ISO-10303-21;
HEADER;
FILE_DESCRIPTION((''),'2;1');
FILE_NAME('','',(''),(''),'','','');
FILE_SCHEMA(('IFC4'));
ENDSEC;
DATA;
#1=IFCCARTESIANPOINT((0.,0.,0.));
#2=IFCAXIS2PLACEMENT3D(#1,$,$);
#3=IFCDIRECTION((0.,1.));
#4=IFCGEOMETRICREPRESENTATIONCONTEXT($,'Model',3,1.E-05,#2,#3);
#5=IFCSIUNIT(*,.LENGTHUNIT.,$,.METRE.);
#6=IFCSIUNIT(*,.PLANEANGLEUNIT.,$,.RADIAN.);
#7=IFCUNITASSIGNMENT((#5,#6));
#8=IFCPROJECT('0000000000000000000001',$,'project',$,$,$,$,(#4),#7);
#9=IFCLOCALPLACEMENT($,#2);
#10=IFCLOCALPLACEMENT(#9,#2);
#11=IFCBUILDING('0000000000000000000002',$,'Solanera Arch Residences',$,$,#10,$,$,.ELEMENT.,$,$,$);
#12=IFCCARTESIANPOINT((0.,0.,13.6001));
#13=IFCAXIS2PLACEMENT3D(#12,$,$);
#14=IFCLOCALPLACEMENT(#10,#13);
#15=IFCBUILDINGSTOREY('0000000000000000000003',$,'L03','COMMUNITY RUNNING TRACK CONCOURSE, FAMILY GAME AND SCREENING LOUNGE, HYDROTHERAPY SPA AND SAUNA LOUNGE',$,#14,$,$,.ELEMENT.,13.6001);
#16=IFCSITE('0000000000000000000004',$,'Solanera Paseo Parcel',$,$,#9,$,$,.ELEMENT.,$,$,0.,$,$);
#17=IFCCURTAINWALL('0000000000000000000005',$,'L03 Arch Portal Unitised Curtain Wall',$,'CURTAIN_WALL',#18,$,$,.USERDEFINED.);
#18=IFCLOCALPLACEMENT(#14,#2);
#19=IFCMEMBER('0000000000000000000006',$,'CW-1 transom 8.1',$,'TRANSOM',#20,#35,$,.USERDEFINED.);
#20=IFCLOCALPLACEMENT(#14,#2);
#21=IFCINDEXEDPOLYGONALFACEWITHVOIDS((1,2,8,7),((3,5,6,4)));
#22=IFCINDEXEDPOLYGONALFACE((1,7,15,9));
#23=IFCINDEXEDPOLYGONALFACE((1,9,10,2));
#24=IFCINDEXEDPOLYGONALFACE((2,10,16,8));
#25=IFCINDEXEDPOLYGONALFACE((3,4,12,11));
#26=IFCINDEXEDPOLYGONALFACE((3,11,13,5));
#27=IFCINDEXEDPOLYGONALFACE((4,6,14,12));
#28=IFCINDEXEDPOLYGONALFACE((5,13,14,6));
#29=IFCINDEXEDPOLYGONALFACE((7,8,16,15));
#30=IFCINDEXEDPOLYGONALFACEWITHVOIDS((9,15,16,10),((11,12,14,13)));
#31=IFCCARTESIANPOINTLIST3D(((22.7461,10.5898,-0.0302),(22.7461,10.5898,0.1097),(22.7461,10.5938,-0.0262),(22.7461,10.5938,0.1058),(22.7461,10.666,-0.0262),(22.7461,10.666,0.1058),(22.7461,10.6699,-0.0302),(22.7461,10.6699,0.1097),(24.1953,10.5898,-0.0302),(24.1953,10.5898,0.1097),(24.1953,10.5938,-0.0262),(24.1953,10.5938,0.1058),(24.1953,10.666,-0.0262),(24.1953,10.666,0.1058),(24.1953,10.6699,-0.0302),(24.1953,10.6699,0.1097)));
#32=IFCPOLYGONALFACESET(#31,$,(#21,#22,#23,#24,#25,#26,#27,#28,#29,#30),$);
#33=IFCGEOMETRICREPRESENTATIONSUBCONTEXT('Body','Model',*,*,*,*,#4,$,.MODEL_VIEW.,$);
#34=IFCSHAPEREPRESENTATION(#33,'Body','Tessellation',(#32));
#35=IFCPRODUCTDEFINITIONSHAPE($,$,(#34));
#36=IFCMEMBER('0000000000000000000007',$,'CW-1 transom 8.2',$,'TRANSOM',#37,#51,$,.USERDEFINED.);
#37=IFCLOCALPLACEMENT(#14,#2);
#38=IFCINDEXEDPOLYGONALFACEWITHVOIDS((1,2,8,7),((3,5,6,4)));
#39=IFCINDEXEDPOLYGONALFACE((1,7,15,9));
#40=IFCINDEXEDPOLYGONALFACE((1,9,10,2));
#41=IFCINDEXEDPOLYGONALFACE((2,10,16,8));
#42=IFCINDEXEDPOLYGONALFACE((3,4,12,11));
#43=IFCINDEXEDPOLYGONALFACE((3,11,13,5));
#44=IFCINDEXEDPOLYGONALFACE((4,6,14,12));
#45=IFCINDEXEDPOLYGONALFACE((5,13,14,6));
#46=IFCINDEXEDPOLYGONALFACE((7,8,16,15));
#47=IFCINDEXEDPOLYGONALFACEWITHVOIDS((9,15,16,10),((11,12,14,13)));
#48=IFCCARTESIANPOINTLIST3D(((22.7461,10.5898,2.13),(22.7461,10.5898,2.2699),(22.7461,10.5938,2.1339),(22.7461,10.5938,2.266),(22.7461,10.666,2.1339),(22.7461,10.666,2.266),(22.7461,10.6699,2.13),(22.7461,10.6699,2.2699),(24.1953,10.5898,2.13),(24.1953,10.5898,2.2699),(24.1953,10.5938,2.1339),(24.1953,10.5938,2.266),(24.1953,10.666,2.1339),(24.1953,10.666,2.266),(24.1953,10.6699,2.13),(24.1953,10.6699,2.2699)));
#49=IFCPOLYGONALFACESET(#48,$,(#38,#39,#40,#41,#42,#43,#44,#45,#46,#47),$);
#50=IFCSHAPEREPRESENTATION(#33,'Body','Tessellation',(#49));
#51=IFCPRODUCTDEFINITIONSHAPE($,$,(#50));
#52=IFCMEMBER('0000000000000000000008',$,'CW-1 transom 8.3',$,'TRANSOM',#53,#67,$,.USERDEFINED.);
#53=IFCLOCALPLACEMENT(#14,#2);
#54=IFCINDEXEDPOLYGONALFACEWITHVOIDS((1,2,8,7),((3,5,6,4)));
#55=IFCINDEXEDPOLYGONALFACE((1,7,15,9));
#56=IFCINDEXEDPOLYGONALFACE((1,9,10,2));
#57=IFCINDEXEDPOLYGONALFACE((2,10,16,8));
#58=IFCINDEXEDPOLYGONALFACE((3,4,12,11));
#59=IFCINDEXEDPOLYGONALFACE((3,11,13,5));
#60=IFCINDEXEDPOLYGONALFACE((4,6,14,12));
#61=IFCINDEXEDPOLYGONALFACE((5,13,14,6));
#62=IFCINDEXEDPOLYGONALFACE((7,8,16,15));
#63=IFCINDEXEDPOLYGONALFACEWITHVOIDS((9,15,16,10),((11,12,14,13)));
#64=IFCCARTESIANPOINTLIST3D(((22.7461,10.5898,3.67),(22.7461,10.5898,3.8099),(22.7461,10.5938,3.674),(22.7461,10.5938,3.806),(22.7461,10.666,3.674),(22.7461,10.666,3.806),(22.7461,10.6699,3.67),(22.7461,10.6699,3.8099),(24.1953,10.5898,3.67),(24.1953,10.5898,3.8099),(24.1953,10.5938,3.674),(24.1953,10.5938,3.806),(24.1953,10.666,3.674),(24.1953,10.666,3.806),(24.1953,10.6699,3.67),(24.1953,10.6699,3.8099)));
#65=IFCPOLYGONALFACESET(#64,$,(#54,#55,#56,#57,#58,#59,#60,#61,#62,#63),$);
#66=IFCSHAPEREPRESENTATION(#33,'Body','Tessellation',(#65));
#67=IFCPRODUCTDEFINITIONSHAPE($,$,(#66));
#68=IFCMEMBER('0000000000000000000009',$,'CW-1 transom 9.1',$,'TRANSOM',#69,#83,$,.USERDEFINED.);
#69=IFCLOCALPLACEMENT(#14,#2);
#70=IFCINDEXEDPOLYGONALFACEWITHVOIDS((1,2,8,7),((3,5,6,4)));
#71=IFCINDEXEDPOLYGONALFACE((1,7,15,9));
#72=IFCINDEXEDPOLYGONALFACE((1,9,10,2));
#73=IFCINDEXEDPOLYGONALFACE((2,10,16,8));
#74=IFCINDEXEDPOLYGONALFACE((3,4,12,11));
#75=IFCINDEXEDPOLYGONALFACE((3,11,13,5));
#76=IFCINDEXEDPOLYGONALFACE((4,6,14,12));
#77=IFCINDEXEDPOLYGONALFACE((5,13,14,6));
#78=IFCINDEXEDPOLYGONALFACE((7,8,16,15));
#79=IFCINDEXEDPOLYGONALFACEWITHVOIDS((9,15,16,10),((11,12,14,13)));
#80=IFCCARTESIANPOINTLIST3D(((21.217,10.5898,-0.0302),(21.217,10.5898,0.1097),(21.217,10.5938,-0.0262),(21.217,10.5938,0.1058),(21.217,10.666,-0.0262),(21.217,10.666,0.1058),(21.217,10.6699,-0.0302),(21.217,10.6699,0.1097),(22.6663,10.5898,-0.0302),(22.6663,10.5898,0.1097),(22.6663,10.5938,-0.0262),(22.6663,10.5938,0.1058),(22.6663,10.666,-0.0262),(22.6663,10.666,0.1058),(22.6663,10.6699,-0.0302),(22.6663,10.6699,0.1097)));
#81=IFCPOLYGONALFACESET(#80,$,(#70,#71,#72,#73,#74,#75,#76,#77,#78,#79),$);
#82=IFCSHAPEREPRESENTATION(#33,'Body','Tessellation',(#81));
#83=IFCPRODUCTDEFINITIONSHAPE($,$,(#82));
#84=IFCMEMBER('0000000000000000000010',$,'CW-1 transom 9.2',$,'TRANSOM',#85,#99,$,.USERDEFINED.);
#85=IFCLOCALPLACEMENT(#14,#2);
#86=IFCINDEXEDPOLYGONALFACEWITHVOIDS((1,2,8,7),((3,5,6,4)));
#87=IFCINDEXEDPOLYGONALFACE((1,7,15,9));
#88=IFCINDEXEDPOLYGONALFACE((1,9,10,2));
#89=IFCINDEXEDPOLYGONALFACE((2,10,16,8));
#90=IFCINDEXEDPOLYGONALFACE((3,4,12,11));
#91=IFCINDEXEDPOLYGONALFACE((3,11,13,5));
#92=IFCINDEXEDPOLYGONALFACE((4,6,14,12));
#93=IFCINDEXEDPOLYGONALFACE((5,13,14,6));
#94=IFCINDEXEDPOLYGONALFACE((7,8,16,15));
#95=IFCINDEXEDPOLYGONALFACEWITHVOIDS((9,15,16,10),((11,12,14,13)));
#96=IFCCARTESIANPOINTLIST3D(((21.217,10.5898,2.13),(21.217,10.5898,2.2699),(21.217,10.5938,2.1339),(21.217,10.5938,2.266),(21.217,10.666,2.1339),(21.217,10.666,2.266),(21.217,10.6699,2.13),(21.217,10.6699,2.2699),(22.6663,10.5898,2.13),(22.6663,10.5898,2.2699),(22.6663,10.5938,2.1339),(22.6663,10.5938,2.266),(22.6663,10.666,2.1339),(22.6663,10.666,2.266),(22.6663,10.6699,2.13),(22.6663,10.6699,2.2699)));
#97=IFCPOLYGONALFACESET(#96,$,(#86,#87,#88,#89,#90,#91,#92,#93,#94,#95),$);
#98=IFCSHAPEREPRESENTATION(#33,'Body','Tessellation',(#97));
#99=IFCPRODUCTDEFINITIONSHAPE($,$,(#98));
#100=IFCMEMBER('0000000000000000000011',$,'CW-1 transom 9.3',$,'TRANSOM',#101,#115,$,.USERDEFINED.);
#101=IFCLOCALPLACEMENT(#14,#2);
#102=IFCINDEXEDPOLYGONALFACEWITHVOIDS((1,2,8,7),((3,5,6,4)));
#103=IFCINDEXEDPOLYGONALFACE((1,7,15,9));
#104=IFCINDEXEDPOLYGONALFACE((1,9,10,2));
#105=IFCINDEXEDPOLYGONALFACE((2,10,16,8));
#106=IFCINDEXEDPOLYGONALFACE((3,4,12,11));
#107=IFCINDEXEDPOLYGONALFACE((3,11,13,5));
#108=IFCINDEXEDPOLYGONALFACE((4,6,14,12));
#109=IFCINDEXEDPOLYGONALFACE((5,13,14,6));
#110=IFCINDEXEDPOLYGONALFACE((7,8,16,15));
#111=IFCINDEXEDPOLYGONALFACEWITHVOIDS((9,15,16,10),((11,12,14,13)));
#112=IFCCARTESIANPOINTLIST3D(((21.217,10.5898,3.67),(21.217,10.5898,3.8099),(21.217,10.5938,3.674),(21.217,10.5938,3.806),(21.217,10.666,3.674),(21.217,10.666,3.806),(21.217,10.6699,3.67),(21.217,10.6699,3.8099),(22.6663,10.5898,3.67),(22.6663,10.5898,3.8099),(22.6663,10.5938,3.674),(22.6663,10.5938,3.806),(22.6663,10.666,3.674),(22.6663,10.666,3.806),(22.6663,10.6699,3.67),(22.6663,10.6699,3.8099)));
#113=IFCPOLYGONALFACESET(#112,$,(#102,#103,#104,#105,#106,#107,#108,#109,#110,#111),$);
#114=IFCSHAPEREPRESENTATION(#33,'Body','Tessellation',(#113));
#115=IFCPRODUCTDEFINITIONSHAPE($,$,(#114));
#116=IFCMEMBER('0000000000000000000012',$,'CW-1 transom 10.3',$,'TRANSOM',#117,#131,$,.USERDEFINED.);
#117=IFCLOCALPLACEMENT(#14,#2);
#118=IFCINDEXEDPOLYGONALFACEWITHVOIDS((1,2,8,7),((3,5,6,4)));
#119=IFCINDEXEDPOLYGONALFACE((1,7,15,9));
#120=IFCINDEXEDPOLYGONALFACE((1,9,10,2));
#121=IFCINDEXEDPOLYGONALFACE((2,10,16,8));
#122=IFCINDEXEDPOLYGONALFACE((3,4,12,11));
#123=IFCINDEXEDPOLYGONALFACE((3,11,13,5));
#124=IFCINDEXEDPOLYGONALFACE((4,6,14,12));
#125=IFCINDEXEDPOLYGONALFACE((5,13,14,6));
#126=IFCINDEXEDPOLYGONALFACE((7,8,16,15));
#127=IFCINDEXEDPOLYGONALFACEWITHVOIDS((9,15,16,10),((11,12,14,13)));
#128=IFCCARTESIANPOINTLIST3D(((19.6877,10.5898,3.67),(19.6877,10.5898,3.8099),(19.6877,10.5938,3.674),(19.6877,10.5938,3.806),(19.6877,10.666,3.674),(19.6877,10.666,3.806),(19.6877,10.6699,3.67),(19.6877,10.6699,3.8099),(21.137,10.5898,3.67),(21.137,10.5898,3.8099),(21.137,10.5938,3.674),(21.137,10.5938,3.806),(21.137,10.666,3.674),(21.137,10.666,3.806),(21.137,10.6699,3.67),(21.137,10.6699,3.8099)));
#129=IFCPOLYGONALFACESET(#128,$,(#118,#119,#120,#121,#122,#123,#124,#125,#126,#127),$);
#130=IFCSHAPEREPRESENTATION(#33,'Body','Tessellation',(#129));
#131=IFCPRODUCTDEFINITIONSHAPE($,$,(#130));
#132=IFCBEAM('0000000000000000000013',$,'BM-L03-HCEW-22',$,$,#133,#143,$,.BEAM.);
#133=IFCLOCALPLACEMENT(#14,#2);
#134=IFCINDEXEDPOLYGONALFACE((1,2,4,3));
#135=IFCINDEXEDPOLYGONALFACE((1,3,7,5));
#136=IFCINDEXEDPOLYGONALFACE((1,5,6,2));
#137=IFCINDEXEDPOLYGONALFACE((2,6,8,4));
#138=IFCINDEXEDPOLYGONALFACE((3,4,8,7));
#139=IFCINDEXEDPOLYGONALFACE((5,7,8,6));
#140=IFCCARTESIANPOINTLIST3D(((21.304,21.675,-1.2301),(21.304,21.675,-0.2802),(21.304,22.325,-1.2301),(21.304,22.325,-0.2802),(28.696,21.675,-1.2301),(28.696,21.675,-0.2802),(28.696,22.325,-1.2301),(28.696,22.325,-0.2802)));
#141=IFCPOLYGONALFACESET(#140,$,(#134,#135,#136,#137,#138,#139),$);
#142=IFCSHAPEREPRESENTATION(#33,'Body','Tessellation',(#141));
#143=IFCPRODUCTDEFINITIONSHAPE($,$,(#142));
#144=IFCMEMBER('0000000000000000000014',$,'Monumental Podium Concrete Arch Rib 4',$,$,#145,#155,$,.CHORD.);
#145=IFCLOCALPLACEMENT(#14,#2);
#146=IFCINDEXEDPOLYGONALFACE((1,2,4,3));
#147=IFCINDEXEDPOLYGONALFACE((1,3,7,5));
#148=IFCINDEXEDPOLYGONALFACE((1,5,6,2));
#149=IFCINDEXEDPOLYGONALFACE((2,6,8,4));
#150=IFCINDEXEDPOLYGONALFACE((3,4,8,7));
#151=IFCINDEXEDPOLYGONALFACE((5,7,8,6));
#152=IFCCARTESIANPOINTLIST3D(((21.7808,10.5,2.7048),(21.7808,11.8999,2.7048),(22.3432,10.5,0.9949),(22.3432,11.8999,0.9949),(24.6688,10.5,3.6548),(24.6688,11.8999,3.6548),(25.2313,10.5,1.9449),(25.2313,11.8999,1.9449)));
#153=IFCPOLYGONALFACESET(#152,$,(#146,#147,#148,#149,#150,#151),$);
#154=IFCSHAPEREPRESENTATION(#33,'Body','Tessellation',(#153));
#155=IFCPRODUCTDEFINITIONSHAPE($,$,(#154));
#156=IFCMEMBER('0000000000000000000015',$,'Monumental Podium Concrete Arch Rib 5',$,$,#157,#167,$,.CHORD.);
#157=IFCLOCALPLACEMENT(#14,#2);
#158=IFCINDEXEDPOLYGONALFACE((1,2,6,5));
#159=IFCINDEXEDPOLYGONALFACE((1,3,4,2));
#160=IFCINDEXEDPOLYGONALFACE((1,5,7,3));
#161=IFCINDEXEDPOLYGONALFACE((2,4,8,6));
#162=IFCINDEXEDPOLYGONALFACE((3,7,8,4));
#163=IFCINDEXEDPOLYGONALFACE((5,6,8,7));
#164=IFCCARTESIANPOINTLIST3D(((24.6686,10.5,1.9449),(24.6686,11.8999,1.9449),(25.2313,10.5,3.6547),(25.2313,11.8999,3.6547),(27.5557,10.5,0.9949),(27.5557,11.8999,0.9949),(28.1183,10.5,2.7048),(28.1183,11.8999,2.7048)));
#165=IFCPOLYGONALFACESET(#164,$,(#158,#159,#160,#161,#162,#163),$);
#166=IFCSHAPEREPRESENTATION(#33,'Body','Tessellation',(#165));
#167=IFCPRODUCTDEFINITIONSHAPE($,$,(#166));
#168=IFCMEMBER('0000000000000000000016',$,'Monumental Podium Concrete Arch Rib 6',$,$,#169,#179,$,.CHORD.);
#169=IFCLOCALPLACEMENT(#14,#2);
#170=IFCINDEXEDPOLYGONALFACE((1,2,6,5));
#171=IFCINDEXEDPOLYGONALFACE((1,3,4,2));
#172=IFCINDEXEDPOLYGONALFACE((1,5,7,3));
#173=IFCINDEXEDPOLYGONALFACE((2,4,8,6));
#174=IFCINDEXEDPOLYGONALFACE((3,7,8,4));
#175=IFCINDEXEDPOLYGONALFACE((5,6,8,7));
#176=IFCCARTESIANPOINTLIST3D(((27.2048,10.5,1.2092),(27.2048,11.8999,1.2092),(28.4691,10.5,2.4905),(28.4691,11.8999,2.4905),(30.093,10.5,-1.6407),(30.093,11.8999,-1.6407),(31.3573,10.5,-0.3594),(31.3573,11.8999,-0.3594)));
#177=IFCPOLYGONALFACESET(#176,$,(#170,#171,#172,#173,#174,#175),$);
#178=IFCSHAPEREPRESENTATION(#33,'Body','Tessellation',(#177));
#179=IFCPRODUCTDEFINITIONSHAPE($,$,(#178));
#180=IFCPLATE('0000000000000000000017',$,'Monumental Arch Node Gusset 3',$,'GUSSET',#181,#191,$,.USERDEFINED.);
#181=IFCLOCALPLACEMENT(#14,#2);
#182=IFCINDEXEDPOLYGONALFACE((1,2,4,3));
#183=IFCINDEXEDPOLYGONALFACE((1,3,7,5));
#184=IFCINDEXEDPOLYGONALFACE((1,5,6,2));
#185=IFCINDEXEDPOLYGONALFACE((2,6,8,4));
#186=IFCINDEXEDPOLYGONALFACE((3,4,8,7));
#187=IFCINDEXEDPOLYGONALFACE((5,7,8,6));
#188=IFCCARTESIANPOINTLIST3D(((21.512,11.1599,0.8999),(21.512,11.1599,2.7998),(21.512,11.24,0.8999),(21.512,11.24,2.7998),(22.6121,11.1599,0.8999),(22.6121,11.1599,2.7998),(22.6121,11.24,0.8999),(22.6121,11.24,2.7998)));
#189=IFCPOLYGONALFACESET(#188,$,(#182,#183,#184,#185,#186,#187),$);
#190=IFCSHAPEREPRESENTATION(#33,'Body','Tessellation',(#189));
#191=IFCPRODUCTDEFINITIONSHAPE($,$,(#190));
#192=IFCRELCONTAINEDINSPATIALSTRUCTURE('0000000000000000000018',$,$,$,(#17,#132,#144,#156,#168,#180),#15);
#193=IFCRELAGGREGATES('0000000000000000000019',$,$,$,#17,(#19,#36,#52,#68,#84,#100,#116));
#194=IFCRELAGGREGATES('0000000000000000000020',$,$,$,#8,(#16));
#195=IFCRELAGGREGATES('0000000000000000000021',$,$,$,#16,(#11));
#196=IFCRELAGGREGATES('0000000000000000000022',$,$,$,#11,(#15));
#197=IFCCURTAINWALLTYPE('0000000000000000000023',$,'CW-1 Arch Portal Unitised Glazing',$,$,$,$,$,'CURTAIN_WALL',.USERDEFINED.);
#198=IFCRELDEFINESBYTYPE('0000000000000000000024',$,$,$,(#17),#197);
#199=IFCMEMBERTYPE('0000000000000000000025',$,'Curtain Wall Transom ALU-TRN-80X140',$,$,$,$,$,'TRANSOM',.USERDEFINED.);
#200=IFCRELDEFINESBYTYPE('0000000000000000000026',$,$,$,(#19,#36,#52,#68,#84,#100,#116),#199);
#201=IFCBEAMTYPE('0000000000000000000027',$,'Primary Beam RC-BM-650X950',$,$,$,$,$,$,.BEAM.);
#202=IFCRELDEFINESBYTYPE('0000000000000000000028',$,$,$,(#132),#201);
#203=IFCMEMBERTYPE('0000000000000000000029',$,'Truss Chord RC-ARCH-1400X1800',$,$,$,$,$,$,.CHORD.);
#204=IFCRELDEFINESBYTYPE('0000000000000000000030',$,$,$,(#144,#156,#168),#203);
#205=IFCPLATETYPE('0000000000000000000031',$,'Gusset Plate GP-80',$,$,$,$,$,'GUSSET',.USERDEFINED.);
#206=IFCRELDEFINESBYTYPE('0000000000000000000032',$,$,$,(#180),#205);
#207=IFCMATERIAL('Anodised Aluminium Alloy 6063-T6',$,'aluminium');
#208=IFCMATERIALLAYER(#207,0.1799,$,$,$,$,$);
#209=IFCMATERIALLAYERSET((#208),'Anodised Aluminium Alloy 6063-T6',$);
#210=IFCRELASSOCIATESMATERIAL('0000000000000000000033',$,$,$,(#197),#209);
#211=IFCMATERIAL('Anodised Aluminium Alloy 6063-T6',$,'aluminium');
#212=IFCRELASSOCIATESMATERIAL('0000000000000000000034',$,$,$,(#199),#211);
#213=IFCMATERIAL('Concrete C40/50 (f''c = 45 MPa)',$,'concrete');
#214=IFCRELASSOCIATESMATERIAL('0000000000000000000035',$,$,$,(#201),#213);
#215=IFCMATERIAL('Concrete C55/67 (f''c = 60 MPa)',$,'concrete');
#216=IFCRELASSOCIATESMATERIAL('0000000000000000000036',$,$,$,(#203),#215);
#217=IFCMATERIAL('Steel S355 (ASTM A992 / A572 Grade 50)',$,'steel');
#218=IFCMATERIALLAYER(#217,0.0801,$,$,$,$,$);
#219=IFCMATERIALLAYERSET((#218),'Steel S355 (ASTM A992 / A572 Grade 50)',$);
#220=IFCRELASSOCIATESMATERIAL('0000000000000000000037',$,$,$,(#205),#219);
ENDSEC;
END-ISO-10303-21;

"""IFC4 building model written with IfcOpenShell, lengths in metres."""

from ifc_helpers import new_model, si_unit, direction, frame, origin, origin_2d, place, context, subcontext, project, spatial, rectangle, hollow_rectangle, extrude, material, layer, layer_set, material_profile, profile_set, type_object, element, aggregate, save


model = new_model("IFC4")

# Units and contexts
model_context = context("Model", 3, precision=1e-05, world=origin(), true_north=direction((0.0, 1.0)))
body_context = subcontext(model_context, "Body", "Model", "MODEL_VIEW")
ifc_project = project(units=[si_unit("LENGTHUNIT", "METRE"), si_unit("PLANEANGLEUNIT", "RADIAN")], contexts=[model_context])

# Site, building, storey
site_placement = place(None, origin())
site = spatial("IfcSite", under=ifc_project, at=site_placement, Name="Solanera Paseo Parcel", CompositionType="ELEMENT", RefElevation=0.0)
building_placement = place(site_placement, origin())
building = spatial("IfcBuilding", under=site, at=building_placement, Name="Solanera Arch Residences", CompositionType="ELEMENT")
storey_placement = place(building_placement, frame((0.0, 0.0, 13.6001)))
storey = spatial("IfcBuildingStorey", under=building, at=storey_placement, Name="L03", Description="COMMUNITY RUNNING TRACK CONCOURSE, FAMILY GAME AND SCREENING LOUNGE, HYDROTHERAPY SPA AND SAUNA LOUNGE", CompositionType="ELEMENT", Elevation=13.6001)

# Curtain wall, members
ifc_material_1 = material(Name="Anodised Aluminium Alloy 6063-T6", Category="aluminium")
ifc_layer_1 = layer(ifc_material_1, 0.1799)
ifc_layer_set_1 = layer_set([ifc_layer_1], Name="Anodised Aluminium Alloy 6063-T6")
curtain_wall_type = type_object("IfcCurtainWallType", Name="CW-1 Arch Portal Unitised Glazing", ElementType="CURTAIN_WALL", PredefinedType="USERDEFINED", material=ifc_layer_set_1)
curtain_wall_placement = place(storey_placement, origin())
curtain_wall = element("IfcCurtainWall", 1, at=curtain_wall_placement, inside=storey, type_object=curtain_wall_type, Name="L03 Arch Portal Unitised Curtain Wall", ObjectType="CURTAIN_WALL", PredefinedType="USERDEFINED")
ifc_material_2 = material(Name="Anodised Aluminium Alloy 6063-T6", Category="aluminium")
ifc_material_profile_1 = material_profile(ifc_material_2, hollow_rectangle(XDim=0.0801, YDim=0.1399, WallThickness=0.0039, at=origin_2d()))
ifc_profile_set_1 = profile_set([ifc_material_profile_1], Name="Anodised Aluminium Alloy 6063-T6")
member_type_1 = type_object("IfcMemberType", Name="Curtain Wall Transom ALU-TRN-80X140", ElementType="TRANSOM", PredefinedType="USERDEFINED", material=ifc_profile_set_1)
member_1_placement = place(storey_placement, frame((24.1953, 10.6299, 0.0398), z_axis=(-1.0, 0.0, 0.0), x_axis=(0.0, -1.0, 0.0)))
member_1 = element("IfcMember", 2, at=member_1_placement, type_object=member_type_1, Name="CW-1 transom 8.1", ObjectType="TRANSOM", PredefinedType="USERDEFINED", context=body_context, shape_type="SweptSolid", body=[
    extrude(hollow_rectangle(XDim=0.0801, YDim=0.1399, WallThickness=0.0039, at=origin_2d()), origin(), (0.0, 0.0, 1.0), 1.4492),
])
member_2_placement = place(storey_placement, frame((24.1953, 10.6299, 2.2), z_axis=(-1.0, 0.0, 0.0), x_axis=(0.0, -1.0, 0.0)))
member_2 = element("IfcMember", 3, at=member_2_placement, type_object=member_type_1, Name="CW-1 transom 8.2", ObjectType="TRANSOM", PredefinedType="USERDEFINED", context=body_context, shape_type="SweptSolid", body=[
    extrude(hollow_rectangle(XDim=0.0801, YDim=0.1399, WallThickness=0.0039, at=origin_2d()), origin(), (0.0, 0.0, 1.0), 1.4492),
])
member_3_placement = place(storey_placement, frame((24.1953, 10.6299, 3.74), z_axis=(-1.0, 0.0, 0.0), x_axis=(0.0, -1.0, 0.0)))
member_3 = element("IfcMember", 4, at=member_3_placement, type_object=member_type_1, Name="CW-1 transom 8.3", ObjectType="TRANSOM", PredefinedType="USERDEFINED", context=body_context, shape_type="SweptSolid", body=[
    extrude(hollow_rectangle(XDim=0.0801, YDim=0.1399, WallThickness=0.0039, at=origin_2d()), origin(), (0.0, 0.0, 1.0), 1.4492),
])
member_4_placement = place(storey_placement, frame((22.6663, 10.6299, 0.0398), z_axis=(-1.0, 0.0, 0.0), x_axis=(0.0, -1.0, 0.0)))
member_4 = element("IfcMember", 5, at=member_4_placement, type_object=member_type_1, Name="CW-1 transom 9.1", ObjectType="TRANSOM", PredefinedType="USERDEFINED", context=body_context, shape_type="SweptSolid", body=[
    extrude(hollow_rectangle(XDim=0.0801, YDim=0.1399, WallThickness=0.0039, at=origin_2d()), origin(), (0.0, 0.0, 1.0), 1.4492),
])
member_5_placement = place(storey_placement, frame((22.6663, 10.6299, 2.2), z_axis=(-1.0, 0.0, 0.0), x_axis=(0.0, -1.0, 0.0)))
member_5 = element("IfcMember", 6, at=member_5_placement, type_object=member_type_1, Name="CW-1 transom 9.2", ObjectType="TRANSOM", PredefinedType="USERDEFINED", context=body_context, shape_type="SweptSolid", body=[
    extrude(hollow_rectangle(XDim=0.0801, YDim=0.1399, WallThickness=0.0039, at=origin_2d()), origin(), (0.0, 0.0, 1.0), 1.4492),
])
member_6_placement = place(storey_placement, frame((22.6663, 10.6299, 3.74), z_axis=(-1.0, 0.0, 0.0), x_axis=(0.0, -1.0, 0.0)))
member_6 = element("IfcMember", 7, at=member_6_placement, type_object=member_type_1, Name="CW-1 transom 9.3", ObjectType="TRANSOM", PredefinedType="USERDEFINED", context=body_context, shape_type="SweptSolid", body=[
    extrude(hollow_rectangle(XDim=0.0801, YDim=0.1399, WallThickness=0.0039, at=origin_2d()), origin(), (0.0, 0.0, 1.0), 1.4492),
])
member_7_placement = place(storey_placement, frame((21.137, 10.6299, 3.74), z_axis=(-1.0, 0.0, 0.0), x_axis=(0.0, -1.0, 0.0)))
member_7 = element("IfcMember", 8, at=member_7_placement, type_object=member_type_1, Name="CW-1 transom 10.3", ObjectType="TRANSOM", PredefinedType="USERDEFINED", context=body_context, shape_type="SweptSolid", body=[
    extrude(hollow_rectangle(XDim=0.0801, YDim=0.1399, WallThickness=0.0039, at=origin_2d()), origin(), (0.0, 0.0, 1.0), 1.4492),
])

# Beam
ifc_material_3 = material(Name="Concrete C40/50 (f'c = 45 MPa)", Category="concrete")
ifc_material_profile_2 = material_profile(ifc_material_3, rectangle(XDim=0.6499, YDim=0.95, at=origin_2d()))
ifc_profile_set_2 = profile_set([ifc_material_profile_2], Name="Concrete C40/50 (f'c = 45 MPa)")
beam_type = type_object("IfcBeamType", Name="Primary Beam RC-BM-650X950", PredefinedType="BEAM", material=ifc_profile_set_2)
beam_placement = place(storey_placement, frame((21.304, 22.0, -0.7551), z_axis=(1.0, 0.0, 0.0), x_axis=(0.0, 1.0, 0.0)))
element("IfcBeam", 9, at=beam_placement, inside=storey, type_object=beam_type, Name="BM-L03-HCEW-22", PredefinedType="BEAM", context=body_context, shape_type="SweptSolid", body=[
    extrude(rectangle(XDim=0.6499, YDim=0.95, at=origin_2d()), origin(), (0.0, 0.0, 1.0), 7.3921),
])

# Members
ifc_material_4 = material(Name="Concrete C55/67 (f'c = 60 MPa)", Category="concrete")
ifc_material_profile_3 = material_profile(ifc_material_4, rectangle(XDim=1.3999, YDim=1.8, at=origin_2d()))
ifc_profile_set_3 = profile_set([ifc_material_profile_3], Name="Concrete C55/67 (f'c = 60 MPa)")
member_type_2 = type_object("IfcMemberType", Name="Truss Chord RC-ARCH-1400X1800", PredefinedType="CHORD", material=ifc_profile_set_3)
member_8_placement = place(storey_placement, frame((22.062, 11.2, 1.8499), z_axis=(0.949929, 0.0, 0.312467), x_axis=(0.0, 1.0, 0.0)))
element("IfcMember", 10, at=member_8_placement, inside=storey, type_object=member_type_2, Name="Monumental Podium Concrete Arch Rib 4", PredefinedType="CHORD", context=body_context, shape_type="SweptSolid", body=[
    extrude(rectangle(XDim=1.3999, YDim=1.8, at=origin_2d()), origin(), (0.0, 0.0, 1.0), 3.0403),
])
member_9_placement = place(storey_placement, frame((24.95, 11.2, 2.7998), z_axis=(0.949897, 0.0, -0.312562), x_axis=(0.0, 1.0, 0.0)))
element("IfcMember", 11, at=member_9_placement, inside=storey, type_object=member_type_2, Name="Monumental Podium Concrete Arch Rib 5", PredefinedType="CHORD", context=body_context, shape_type="SweptSolid", body=[
    extrude(rectangle(XDim=1.3999, YDim=1.8, at=origin_2d()), origin(), (0.0, 0.0, 1.0), 3.0393),
])
member_10_placement = place(storey_placement, frame((27.8369, 11.2, 1.8499), z_axis=(0.711814, 0.0, -0.702368), x_axis=(0.0, 1.0, 0.0)))
element("IfcMember", 12, at=member_10_placement, inside=storey, type_object=member_type_2, Name="Monumental Podium Concrete Arch Rib 6", PredefinedType="CHORD", context=body_context, shape_type="SweptSolid", body=[
    extrude(rectangle(XDim=1.3999, YDim=1.8, at=origin_2d()), origin(), (0.0, 0.0, 1.0), 4.0576),
])

# Plate
ifc_material_5 = material(Name="Steel S355 (ASTM A992 / A572 Grade 50)", Category="steel")
ifc_layer_2 = layer(ifc_material_5, 0.0801)
ifc_layer_set_2 = layer_set([ifc_layer_2], Name="Steel S355 (ASTM A992 / A572 Grade 50)")
plate_type_1 = type_object("IfcPlateType", Name="Gusset Plate GP-80", ElementType="GUSSET", PredefinedType="USERDEFINED", material=ifc_layer_set_2)
for number, where, z_axis, x_axis, name in (
    (13, (22.062, 11.2, 0.8999), (0.0, 0.0, 1.0), (1.0, 0.0, 0.0), "Monumental Arch Node Gusset 3"),
):
    element("IfcPlate", number, at=place(storey_placement, frame(where, z_axis=z_axis, x_axis=x_axis)), inside=storey, type_object=plate_type_1, Name=name, ObjectType="GUSSET", PredefinedType="USERDEFINED", context=body_context, shape_type="SweptSolid", body=[
        extrude(rectangle(XDim=1.1001, YDim=0.0801, at=origin_2d()), origin(), (0.0, 0.0, 1.0), 1.8999),
    ])

aggregate(curtain_wall, [member_1, member_2, member_3, member_4, member_5, member_6, member_7])

save(model, "model.ifc")
